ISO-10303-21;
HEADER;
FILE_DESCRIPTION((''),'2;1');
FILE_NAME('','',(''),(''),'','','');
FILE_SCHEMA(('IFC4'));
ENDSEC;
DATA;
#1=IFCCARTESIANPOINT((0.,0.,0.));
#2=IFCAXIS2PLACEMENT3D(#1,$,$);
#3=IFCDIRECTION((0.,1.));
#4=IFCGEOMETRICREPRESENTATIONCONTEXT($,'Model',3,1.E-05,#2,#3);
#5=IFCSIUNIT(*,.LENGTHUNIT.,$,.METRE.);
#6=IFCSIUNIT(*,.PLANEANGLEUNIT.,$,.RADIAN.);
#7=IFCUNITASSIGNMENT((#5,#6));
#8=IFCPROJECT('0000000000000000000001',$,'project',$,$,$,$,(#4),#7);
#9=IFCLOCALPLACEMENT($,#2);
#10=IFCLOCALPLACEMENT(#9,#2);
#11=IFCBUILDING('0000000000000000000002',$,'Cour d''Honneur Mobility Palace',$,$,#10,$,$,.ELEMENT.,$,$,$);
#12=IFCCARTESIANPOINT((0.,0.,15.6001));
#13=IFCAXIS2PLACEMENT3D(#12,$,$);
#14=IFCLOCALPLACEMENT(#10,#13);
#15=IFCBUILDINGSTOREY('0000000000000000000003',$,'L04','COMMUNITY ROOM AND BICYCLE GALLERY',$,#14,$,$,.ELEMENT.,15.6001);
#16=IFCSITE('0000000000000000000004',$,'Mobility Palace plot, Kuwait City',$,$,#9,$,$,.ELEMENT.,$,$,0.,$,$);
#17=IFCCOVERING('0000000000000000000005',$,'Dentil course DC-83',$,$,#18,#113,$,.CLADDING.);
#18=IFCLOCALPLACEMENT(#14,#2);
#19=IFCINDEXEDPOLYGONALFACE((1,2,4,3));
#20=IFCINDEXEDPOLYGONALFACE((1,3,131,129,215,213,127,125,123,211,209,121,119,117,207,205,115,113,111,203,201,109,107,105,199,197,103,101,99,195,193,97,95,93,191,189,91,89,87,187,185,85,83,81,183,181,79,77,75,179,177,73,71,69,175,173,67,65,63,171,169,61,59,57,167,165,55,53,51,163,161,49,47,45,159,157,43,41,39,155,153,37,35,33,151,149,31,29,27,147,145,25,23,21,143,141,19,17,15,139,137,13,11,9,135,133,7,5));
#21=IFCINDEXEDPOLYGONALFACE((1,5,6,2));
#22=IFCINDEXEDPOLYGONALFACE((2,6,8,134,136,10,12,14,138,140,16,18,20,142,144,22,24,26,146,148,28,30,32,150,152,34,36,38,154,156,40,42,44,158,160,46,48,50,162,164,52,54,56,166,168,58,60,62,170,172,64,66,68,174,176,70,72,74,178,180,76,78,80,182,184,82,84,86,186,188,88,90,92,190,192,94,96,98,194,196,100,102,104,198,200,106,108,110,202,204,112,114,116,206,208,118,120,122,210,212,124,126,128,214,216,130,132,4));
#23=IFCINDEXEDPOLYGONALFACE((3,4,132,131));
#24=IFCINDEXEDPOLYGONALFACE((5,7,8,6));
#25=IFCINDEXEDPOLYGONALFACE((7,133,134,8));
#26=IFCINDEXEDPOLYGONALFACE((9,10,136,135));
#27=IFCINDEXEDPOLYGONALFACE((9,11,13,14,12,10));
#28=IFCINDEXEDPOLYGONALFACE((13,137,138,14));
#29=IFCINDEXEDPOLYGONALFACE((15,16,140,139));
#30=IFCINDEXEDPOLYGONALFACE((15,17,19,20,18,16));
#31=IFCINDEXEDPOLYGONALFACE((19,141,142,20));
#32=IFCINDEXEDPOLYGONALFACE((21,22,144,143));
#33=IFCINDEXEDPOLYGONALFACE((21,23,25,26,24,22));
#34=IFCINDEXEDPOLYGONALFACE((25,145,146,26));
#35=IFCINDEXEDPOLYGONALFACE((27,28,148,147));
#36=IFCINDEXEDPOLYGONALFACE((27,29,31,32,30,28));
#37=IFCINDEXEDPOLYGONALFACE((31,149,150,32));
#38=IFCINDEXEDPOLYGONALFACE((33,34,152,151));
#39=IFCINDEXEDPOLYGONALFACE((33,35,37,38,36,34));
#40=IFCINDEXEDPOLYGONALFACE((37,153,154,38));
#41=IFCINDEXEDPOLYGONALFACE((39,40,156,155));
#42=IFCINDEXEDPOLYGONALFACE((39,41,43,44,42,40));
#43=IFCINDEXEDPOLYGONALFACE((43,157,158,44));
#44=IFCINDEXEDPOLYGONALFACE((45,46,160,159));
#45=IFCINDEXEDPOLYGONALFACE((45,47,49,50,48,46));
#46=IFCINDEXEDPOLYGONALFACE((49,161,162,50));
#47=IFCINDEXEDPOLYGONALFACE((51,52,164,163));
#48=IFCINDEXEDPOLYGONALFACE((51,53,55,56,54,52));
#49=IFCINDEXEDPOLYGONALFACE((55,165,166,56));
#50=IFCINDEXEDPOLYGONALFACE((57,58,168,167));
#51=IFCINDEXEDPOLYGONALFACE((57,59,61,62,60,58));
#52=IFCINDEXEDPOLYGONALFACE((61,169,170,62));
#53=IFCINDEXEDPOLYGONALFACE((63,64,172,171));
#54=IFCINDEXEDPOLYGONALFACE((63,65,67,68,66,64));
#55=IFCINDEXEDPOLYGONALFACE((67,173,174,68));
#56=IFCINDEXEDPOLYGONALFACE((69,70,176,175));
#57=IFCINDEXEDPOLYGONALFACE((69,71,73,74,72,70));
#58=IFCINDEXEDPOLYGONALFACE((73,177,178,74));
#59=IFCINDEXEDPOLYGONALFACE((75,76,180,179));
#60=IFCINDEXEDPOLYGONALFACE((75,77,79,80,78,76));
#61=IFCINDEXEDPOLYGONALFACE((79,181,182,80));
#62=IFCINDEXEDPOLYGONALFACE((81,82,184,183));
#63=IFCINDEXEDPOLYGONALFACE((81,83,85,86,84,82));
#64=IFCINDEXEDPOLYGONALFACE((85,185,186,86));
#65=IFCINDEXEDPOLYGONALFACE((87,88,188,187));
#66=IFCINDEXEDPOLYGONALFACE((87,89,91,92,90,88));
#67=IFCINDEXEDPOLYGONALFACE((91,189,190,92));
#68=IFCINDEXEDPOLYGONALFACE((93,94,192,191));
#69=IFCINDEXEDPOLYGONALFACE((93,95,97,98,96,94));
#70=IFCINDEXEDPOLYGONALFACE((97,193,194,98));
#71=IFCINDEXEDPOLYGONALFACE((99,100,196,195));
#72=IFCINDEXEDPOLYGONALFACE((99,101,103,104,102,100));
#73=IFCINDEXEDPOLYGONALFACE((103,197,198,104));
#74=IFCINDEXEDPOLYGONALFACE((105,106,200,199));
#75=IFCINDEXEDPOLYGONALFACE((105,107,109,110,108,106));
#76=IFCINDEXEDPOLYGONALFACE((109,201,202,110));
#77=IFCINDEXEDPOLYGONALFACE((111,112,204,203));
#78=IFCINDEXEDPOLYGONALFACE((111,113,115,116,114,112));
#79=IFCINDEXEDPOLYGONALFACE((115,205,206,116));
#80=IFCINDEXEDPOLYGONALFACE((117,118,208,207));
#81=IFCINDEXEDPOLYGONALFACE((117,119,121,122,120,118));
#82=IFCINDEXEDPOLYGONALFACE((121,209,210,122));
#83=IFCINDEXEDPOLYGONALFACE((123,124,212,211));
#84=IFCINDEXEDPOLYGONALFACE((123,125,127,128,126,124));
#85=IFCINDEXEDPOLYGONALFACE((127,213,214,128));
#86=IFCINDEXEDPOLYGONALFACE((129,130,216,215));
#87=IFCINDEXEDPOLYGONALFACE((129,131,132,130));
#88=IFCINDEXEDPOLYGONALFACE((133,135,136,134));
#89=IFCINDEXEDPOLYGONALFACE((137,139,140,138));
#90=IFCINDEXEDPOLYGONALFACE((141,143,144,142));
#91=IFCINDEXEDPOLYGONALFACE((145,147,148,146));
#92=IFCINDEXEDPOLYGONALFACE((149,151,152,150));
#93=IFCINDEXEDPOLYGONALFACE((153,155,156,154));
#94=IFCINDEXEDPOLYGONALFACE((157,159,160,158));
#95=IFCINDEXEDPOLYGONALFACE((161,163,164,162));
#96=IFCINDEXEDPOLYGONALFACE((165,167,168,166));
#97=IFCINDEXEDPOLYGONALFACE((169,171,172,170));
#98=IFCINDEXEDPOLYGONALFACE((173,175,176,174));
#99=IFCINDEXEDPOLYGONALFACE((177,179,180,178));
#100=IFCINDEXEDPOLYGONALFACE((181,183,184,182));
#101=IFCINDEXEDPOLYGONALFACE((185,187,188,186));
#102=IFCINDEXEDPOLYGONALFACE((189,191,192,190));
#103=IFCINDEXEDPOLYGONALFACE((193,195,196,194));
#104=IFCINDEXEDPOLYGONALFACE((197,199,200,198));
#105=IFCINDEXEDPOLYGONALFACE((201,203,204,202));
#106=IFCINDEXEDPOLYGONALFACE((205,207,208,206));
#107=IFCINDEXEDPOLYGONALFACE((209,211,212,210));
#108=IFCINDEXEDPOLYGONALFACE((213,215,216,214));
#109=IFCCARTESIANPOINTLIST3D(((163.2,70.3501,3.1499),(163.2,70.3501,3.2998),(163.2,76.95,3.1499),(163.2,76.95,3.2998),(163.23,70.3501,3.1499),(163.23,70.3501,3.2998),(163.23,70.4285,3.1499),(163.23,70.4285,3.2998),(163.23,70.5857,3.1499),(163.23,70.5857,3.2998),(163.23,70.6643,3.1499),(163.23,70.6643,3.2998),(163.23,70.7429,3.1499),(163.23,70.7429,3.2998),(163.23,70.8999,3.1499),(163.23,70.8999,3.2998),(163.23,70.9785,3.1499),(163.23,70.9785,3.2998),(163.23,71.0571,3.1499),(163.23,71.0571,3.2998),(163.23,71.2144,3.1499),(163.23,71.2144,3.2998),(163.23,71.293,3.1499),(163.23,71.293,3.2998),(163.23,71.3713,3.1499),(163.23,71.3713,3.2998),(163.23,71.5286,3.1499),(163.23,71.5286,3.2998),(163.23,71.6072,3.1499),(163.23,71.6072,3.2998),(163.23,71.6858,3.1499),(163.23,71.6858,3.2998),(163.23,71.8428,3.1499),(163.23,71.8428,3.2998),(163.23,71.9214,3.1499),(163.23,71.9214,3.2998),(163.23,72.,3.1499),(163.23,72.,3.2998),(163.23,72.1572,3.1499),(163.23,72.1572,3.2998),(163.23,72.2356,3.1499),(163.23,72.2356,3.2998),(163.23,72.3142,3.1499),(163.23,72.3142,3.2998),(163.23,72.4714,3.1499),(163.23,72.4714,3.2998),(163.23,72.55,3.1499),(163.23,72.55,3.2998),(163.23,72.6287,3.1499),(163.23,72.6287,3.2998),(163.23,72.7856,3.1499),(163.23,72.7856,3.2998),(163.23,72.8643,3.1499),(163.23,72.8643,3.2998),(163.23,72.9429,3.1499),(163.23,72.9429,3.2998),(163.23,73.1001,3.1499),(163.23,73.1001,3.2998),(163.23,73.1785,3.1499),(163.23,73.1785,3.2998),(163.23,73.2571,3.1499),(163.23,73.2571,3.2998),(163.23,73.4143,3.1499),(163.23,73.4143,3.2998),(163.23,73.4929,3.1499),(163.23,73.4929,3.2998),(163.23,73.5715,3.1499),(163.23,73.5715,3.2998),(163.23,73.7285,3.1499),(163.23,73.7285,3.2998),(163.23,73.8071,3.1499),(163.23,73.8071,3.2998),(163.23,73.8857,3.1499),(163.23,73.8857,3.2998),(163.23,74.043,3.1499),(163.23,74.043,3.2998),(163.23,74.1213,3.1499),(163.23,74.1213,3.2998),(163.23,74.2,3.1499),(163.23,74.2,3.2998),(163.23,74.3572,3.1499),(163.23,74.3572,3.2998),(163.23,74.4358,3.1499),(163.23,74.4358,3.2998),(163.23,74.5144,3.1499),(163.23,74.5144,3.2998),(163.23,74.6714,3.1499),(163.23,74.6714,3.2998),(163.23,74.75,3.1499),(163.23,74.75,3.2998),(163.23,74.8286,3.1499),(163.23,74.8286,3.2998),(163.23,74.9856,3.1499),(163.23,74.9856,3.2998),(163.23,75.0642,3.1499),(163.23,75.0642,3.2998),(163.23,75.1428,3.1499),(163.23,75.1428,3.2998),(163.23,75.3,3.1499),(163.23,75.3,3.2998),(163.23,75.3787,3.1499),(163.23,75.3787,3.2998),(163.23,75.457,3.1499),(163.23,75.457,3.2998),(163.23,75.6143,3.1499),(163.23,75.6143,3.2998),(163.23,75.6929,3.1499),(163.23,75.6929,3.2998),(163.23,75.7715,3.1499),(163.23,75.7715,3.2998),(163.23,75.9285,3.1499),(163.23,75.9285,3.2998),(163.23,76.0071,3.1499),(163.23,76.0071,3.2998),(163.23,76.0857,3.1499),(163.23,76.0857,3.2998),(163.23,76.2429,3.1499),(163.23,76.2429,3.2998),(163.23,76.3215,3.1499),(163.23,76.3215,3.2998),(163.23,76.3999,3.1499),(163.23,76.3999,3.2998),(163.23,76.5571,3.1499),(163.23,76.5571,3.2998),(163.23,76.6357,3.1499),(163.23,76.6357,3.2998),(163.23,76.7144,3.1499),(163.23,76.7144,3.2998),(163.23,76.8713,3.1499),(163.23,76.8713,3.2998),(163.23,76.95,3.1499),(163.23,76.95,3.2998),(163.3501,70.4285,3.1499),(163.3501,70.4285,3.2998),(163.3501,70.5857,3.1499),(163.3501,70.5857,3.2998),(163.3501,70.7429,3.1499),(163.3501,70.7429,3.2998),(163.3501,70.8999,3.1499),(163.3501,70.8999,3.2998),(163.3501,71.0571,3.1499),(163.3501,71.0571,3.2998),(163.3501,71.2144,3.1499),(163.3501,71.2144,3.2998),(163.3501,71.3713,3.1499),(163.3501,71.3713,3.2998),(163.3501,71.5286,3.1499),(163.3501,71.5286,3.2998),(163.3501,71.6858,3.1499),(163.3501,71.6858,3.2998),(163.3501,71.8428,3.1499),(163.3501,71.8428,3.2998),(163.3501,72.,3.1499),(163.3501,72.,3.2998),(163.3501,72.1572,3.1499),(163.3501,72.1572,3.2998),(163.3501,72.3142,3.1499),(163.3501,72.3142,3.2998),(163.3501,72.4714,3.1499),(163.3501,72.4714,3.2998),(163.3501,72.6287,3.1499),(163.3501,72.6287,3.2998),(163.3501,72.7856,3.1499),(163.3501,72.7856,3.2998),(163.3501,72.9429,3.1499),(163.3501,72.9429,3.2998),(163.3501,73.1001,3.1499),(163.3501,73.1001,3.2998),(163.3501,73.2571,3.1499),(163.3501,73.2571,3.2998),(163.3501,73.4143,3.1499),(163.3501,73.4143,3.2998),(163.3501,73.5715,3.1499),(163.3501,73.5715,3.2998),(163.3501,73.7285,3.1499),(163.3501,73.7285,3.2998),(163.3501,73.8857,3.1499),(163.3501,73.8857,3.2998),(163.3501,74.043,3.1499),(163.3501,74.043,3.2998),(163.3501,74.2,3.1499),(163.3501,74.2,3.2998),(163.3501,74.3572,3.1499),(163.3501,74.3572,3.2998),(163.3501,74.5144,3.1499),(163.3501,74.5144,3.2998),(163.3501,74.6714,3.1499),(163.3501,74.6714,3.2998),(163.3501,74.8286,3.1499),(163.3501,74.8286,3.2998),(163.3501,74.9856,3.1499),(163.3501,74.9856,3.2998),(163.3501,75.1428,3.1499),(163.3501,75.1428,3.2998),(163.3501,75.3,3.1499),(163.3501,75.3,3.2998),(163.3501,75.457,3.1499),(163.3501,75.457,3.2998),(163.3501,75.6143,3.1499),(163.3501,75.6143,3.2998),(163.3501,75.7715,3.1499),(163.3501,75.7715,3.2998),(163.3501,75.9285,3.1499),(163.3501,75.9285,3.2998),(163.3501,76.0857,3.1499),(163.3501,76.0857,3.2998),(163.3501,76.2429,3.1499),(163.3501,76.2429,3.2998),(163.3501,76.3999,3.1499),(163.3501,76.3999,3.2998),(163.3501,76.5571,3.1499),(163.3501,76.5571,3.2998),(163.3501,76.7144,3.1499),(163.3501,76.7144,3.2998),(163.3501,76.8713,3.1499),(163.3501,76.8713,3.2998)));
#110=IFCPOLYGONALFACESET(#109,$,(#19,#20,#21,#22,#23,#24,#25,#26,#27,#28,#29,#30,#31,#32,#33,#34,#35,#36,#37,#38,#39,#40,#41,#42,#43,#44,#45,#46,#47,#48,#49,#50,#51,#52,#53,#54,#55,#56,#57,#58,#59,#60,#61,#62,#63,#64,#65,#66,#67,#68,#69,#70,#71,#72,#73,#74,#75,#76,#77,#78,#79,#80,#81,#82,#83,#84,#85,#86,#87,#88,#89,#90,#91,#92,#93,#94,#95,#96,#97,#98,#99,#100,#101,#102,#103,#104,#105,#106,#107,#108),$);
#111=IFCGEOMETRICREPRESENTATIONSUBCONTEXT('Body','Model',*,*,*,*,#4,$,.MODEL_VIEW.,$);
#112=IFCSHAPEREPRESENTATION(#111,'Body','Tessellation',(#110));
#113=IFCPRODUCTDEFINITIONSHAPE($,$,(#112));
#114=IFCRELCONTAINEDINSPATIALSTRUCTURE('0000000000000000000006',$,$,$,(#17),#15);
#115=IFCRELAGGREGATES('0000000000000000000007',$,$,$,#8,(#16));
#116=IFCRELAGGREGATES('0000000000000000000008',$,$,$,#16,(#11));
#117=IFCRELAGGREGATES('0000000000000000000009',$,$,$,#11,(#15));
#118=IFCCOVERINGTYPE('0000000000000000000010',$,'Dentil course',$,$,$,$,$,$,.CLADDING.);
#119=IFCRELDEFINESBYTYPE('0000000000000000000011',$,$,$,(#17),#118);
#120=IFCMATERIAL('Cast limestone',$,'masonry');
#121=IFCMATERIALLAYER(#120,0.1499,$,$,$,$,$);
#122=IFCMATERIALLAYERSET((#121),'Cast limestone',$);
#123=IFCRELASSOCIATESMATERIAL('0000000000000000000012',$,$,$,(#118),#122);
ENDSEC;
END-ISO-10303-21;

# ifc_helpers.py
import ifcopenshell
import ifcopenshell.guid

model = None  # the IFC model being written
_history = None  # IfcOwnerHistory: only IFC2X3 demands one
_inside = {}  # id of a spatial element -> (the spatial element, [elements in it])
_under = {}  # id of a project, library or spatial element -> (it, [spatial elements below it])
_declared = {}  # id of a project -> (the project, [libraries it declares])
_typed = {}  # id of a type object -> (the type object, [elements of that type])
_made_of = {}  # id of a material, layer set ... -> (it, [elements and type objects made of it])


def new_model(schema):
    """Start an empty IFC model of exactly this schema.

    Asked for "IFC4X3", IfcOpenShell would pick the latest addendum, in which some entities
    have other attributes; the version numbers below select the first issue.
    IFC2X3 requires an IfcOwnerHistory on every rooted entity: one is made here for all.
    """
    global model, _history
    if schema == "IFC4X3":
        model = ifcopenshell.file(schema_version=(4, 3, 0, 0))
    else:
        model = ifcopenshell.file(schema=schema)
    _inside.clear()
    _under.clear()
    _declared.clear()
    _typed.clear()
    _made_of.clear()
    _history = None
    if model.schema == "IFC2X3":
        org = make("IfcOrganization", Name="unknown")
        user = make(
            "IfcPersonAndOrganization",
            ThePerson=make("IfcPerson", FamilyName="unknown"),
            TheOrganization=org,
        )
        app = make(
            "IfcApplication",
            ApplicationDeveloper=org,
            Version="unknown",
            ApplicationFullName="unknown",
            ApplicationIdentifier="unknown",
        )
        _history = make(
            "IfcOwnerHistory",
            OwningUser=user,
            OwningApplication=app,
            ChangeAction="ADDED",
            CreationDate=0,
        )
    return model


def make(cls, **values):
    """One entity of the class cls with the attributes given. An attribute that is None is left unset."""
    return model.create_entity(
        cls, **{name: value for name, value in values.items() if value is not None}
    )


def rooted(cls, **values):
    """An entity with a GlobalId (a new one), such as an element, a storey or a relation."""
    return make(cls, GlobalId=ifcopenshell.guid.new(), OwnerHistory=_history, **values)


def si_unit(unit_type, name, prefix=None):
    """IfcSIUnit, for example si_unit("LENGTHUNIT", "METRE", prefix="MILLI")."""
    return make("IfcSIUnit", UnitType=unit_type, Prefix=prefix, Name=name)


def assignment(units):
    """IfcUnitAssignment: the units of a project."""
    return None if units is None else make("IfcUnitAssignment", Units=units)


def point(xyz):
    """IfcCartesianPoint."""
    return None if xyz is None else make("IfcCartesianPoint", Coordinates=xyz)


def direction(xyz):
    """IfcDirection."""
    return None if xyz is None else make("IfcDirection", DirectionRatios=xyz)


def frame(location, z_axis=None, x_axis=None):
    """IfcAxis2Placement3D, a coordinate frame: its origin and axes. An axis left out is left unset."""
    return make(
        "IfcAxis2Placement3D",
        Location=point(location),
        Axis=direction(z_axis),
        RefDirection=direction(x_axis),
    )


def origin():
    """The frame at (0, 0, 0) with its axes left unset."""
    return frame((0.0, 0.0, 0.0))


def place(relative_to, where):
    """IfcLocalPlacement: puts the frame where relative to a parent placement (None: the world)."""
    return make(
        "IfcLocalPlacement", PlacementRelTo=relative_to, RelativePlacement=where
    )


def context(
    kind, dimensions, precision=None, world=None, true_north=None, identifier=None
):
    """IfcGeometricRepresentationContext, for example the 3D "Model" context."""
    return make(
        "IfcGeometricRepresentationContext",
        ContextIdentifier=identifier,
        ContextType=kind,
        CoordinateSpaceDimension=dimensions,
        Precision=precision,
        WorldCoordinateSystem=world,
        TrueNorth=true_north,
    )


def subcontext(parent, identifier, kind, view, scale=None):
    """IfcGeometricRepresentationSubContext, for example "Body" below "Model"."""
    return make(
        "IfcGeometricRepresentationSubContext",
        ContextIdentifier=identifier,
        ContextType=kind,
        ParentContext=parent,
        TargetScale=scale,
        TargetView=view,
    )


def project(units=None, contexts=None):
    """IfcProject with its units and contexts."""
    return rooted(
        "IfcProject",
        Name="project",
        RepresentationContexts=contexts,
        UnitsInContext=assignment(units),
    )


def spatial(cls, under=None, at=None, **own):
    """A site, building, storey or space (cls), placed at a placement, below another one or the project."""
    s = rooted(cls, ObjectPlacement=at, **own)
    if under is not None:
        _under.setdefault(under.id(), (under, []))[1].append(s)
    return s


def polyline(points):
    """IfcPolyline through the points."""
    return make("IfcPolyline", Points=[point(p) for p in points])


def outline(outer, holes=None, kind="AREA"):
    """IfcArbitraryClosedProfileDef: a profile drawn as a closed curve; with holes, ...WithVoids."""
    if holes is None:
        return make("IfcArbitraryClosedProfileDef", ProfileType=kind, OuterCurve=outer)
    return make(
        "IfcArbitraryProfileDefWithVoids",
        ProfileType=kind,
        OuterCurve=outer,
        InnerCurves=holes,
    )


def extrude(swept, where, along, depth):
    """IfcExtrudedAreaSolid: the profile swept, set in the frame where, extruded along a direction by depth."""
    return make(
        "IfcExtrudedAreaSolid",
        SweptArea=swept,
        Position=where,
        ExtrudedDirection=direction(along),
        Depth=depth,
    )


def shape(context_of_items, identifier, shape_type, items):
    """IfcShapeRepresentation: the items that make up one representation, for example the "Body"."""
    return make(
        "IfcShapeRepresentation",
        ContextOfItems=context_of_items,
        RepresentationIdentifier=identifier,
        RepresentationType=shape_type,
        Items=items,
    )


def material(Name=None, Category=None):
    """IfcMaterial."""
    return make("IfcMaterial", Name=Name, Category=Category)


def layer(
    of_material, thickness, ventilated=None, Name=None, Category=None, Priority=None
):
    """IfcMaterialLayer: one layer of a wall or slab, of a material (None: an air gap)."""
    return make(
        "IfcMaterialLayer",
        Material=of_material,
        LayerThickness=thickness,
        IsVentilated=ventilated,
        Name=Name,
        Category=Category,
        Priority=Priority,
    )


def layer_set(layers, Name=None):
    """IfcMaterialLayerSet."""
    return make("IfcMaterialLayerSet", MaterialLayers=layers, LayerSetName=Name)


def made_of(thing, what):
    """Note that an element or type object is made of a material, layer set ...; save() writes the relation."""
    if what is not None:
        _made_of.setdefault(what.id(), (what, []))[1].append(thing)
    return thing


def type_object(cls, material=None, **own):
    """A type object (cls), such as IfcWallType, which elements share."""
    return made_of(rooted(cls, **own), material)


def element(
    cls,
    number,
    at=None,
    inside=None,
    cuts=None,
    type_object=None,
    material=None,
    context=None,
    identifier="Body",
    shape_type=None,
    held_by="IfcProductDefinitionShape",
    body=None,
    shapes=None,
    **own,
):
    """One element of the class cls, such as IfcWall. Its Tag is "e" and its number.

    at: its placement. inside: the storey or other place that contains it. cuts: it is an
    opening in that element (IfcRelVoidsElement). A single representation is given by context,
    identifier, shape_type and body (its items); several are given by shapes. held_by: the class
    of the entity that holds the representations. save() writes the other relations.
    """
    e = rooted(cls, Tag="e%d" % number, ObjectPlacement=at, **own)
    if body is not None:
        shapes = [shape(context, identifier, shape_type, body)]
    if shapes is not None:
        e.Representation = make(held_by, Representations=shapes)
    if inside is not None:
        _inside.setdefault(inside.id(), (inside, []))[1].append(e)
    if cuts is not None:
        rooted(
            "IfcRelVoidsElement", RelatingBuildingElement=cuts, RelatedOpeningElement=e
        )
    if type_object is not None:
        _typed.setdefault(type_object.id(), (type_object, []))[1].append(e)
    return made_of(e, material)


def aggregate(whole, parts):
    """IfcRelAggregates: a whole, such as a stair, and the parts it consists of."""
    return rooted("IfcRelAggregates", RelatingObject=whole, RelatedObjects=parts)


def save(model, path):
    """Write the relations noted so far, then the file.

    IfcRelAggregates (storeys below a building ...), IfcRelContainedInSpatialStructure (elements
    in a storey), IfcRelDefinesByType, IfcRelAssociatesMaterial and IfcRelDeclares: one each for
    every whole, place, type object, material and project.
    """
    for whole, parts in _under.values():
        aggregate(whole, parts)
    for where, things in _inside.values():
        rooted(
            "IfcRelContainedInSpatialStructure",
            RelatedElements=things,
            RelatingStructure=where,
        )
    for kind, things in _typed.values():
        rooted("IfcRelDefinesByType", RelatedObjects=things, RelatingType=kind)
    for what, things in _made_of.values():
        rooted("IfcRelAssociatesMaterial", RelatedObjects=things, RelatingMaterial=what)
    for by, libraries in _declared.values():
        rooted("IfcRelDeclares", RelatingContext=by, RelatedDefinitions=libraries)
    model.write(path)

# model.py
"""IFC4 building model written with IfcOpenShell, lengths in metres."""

from ifc_helpers import new_model, si_unit, direction, frame, origin, place, context, subcontext, project, spatial, polyline, outline, extrude, material, layer, layer_set, type_object, element, save


model = new_model("IFC4")

# Units and contexts
model_context = context("Model", 3, precision=1e-05, world=origin(), true_north=direction((0.0, 1.0)))
body_context = subcontext(model_context, "Body", "Model", "MODEL_VIEW")
ifc_project = project(units=[si_unit("LENGTHUNIT", "METRE"), si_unit("PLANEANGLEUNIT", "RADIAN")], contexts=[model_context])

# Site, building, storey
site_placement = place(None, origin())
site = spatial("IfcSite", under=ifc_project, at=site_placement, Name="Mobility Palace plot, Kuwait City", CompositionType="ELEMENT", RefElevation=0.0)
building_placement = place(site_placement, origin())
building = spatial("IfcBuilding", under=site, at=building_placement, Name="Cour d'Honneur Mobility Palace", CompositionType="ELEMENT")
storey_placement = place(building_placement, frame((0.0, 0.0, 15.6001)))
storey = spatial("IfcBuildingStorey", under=building, at=storey_placement, Name="L04", Description="COMMUNITY ROOM AND BICYCLE GALLERY", CompositionType="ELEMENT", Elevation=15.6001)

# Covering
ifc_material_1 = material(Name="Cast limestone", Category="masonry")
ifc_layer_1 = layer(ifc_material_1, 0.1499)
ifc_layer_set_1 = layer_set([ifc_layer_1], Name="Cast limestone")
covering_type_1 = type_object("IfcCoveringType", Name="Dentil course", PredefinedType="CLADDING", material=ifc_layer_set_1)
covering_1_placement = place(storey_placement, frame((0.0, 0.0, 3.1499)))
element("IfcCovering", 1, at=covering_1_placement, inside=storey, type_object=covering_type_1, Name="Dentil course DC-83", PredefinedType="CLADDING", context=body_context, shape_type="SweptSolid", body=[
    extrude(outline(polyline([(163.2, 70.3501), (163.2, 76.95), (163.23, 76.95), (163.23, 76.95), (163.23, 76.8713), (163.3501, 76.8713), (163.3501, 76.7144), (163.23, 76.7144), (163.23, 76.6357), (163.23, 76.6357), (163.23, 76.5571), (163.3501, 76.5571), (163.3501, 76.3999), (163.23, 76.3999), (163.23, 76.3215), (163.23, 76.3215), (163.23, 76.2429), (163.3501, 76.2429), (163.3501, 76.0857), (163.23, 76.0857), (163.23, 76.0071), (163.23, 76.0071), (163.23, 75.9285), (163.3501, 75.9285), (163.3501, 75.7715), (163.23, 75.7715), (163.23, 75.6929), (163.23, 75.6929), (163.23, 75.6143), (163.3501, 75.6143), (163.3501, 75.457), (163.23, 75.457), (163.23, 75.3787), (163.23, 75.3787), (163.23, 75.3), (163.3501, 75.3), (163.3501, 75.1428), (163.23, 75.1428), (163.23, 75.0642), (163.23, 75.0642), (163.23, 74.9856), (163.3501, 74.9856), (163.3501, 74.8286), (163.23, 74.8286), (163.23, 74.75), (163.23, 74.75), (163.23, 74.6714), (163.3501, 74.6714), (163.3501, 74.5144), (163.23, 74.5144), (163.23, 74.4358), (163.23, 74.4358), (163.23, 74.3572), (163.3501, 74.3572), (163.3501, 74.2), (163.23, 74.2), (163.23, 74.1213), (163.23, 74.1213), (163.23, 74.043), (163.3501, 74.043), (163.3501, 73.8857), (163.23, 73.8857), (163.23, 73.8071), (163.23, 73.8071), (163.23, 73.7285), (163.3501, 73.7285), (163.3501, 73.5715), (163.23, 73.5715), (163.23, 73.4929), (163.23, 73.4929), (163.23, 73.4143), (163.3501, 73.4143), (163.3501, 73.2571), (163.23, 73.2571), (163.23, 73.1785), (163.23, 73.1785), (163.23, 73.1001), (163.3501, 73.1001), (163.3501, 72.9429), (163.23, 72.9429), (163.23, 72.8643), (163.23, 72.8643), (163.23, 72.7856), (163.3501, 72.7856), (163.3501, 72.6287), (163.23, 72.6287), (163.23, 72.55), (163.23, 72.55), (163.23, 72.4714), (163.3501, 72.4714), (163.3501, 72.3142), (163.23, 72.3142), (163.23, 72.2356), (163.23, 72.2356), (163.23, 72.1572), (163.3501, 72.1572), (163.3501, 72.0), (163.23, 72.0), (163.23, 71.9214), (163.23, 71.9214), (163.23, 71.8428), (163.3501, 71.8428), (163.3501, 71.6858), (163.23, 71.6858), (163.23, 71.6072), (163.23, 71.6072), (163.23, 71.5286), (163.3501, 71.5286), (163.3501, 71.3713), (163.23, 71.3713), (163.23, 71.293), (163.23, 71.293), (163.23, 71.2144), (163.3501, 71.2144), (163.3501, 71.0571), (163.23, 71.0571), (163.23, 70.9785), (163.23, 70.9785), (163.23, 70.8999), (163.3501, 70.8999), (163.3501, 70.7429), (163.23, 70.7429), (163.23, 70.6643), (163.23, 70.6643), (163.23, 70.5857), (163.3501, 70.5857), (163.3501, 70.4285), (163.23, 70.4285), (163.23, 70.3501), (163.2, 70.3501)])), origin(), (0.0, 0.0, 1.0), 0.1499),
])

save(model, "model.ifc")
